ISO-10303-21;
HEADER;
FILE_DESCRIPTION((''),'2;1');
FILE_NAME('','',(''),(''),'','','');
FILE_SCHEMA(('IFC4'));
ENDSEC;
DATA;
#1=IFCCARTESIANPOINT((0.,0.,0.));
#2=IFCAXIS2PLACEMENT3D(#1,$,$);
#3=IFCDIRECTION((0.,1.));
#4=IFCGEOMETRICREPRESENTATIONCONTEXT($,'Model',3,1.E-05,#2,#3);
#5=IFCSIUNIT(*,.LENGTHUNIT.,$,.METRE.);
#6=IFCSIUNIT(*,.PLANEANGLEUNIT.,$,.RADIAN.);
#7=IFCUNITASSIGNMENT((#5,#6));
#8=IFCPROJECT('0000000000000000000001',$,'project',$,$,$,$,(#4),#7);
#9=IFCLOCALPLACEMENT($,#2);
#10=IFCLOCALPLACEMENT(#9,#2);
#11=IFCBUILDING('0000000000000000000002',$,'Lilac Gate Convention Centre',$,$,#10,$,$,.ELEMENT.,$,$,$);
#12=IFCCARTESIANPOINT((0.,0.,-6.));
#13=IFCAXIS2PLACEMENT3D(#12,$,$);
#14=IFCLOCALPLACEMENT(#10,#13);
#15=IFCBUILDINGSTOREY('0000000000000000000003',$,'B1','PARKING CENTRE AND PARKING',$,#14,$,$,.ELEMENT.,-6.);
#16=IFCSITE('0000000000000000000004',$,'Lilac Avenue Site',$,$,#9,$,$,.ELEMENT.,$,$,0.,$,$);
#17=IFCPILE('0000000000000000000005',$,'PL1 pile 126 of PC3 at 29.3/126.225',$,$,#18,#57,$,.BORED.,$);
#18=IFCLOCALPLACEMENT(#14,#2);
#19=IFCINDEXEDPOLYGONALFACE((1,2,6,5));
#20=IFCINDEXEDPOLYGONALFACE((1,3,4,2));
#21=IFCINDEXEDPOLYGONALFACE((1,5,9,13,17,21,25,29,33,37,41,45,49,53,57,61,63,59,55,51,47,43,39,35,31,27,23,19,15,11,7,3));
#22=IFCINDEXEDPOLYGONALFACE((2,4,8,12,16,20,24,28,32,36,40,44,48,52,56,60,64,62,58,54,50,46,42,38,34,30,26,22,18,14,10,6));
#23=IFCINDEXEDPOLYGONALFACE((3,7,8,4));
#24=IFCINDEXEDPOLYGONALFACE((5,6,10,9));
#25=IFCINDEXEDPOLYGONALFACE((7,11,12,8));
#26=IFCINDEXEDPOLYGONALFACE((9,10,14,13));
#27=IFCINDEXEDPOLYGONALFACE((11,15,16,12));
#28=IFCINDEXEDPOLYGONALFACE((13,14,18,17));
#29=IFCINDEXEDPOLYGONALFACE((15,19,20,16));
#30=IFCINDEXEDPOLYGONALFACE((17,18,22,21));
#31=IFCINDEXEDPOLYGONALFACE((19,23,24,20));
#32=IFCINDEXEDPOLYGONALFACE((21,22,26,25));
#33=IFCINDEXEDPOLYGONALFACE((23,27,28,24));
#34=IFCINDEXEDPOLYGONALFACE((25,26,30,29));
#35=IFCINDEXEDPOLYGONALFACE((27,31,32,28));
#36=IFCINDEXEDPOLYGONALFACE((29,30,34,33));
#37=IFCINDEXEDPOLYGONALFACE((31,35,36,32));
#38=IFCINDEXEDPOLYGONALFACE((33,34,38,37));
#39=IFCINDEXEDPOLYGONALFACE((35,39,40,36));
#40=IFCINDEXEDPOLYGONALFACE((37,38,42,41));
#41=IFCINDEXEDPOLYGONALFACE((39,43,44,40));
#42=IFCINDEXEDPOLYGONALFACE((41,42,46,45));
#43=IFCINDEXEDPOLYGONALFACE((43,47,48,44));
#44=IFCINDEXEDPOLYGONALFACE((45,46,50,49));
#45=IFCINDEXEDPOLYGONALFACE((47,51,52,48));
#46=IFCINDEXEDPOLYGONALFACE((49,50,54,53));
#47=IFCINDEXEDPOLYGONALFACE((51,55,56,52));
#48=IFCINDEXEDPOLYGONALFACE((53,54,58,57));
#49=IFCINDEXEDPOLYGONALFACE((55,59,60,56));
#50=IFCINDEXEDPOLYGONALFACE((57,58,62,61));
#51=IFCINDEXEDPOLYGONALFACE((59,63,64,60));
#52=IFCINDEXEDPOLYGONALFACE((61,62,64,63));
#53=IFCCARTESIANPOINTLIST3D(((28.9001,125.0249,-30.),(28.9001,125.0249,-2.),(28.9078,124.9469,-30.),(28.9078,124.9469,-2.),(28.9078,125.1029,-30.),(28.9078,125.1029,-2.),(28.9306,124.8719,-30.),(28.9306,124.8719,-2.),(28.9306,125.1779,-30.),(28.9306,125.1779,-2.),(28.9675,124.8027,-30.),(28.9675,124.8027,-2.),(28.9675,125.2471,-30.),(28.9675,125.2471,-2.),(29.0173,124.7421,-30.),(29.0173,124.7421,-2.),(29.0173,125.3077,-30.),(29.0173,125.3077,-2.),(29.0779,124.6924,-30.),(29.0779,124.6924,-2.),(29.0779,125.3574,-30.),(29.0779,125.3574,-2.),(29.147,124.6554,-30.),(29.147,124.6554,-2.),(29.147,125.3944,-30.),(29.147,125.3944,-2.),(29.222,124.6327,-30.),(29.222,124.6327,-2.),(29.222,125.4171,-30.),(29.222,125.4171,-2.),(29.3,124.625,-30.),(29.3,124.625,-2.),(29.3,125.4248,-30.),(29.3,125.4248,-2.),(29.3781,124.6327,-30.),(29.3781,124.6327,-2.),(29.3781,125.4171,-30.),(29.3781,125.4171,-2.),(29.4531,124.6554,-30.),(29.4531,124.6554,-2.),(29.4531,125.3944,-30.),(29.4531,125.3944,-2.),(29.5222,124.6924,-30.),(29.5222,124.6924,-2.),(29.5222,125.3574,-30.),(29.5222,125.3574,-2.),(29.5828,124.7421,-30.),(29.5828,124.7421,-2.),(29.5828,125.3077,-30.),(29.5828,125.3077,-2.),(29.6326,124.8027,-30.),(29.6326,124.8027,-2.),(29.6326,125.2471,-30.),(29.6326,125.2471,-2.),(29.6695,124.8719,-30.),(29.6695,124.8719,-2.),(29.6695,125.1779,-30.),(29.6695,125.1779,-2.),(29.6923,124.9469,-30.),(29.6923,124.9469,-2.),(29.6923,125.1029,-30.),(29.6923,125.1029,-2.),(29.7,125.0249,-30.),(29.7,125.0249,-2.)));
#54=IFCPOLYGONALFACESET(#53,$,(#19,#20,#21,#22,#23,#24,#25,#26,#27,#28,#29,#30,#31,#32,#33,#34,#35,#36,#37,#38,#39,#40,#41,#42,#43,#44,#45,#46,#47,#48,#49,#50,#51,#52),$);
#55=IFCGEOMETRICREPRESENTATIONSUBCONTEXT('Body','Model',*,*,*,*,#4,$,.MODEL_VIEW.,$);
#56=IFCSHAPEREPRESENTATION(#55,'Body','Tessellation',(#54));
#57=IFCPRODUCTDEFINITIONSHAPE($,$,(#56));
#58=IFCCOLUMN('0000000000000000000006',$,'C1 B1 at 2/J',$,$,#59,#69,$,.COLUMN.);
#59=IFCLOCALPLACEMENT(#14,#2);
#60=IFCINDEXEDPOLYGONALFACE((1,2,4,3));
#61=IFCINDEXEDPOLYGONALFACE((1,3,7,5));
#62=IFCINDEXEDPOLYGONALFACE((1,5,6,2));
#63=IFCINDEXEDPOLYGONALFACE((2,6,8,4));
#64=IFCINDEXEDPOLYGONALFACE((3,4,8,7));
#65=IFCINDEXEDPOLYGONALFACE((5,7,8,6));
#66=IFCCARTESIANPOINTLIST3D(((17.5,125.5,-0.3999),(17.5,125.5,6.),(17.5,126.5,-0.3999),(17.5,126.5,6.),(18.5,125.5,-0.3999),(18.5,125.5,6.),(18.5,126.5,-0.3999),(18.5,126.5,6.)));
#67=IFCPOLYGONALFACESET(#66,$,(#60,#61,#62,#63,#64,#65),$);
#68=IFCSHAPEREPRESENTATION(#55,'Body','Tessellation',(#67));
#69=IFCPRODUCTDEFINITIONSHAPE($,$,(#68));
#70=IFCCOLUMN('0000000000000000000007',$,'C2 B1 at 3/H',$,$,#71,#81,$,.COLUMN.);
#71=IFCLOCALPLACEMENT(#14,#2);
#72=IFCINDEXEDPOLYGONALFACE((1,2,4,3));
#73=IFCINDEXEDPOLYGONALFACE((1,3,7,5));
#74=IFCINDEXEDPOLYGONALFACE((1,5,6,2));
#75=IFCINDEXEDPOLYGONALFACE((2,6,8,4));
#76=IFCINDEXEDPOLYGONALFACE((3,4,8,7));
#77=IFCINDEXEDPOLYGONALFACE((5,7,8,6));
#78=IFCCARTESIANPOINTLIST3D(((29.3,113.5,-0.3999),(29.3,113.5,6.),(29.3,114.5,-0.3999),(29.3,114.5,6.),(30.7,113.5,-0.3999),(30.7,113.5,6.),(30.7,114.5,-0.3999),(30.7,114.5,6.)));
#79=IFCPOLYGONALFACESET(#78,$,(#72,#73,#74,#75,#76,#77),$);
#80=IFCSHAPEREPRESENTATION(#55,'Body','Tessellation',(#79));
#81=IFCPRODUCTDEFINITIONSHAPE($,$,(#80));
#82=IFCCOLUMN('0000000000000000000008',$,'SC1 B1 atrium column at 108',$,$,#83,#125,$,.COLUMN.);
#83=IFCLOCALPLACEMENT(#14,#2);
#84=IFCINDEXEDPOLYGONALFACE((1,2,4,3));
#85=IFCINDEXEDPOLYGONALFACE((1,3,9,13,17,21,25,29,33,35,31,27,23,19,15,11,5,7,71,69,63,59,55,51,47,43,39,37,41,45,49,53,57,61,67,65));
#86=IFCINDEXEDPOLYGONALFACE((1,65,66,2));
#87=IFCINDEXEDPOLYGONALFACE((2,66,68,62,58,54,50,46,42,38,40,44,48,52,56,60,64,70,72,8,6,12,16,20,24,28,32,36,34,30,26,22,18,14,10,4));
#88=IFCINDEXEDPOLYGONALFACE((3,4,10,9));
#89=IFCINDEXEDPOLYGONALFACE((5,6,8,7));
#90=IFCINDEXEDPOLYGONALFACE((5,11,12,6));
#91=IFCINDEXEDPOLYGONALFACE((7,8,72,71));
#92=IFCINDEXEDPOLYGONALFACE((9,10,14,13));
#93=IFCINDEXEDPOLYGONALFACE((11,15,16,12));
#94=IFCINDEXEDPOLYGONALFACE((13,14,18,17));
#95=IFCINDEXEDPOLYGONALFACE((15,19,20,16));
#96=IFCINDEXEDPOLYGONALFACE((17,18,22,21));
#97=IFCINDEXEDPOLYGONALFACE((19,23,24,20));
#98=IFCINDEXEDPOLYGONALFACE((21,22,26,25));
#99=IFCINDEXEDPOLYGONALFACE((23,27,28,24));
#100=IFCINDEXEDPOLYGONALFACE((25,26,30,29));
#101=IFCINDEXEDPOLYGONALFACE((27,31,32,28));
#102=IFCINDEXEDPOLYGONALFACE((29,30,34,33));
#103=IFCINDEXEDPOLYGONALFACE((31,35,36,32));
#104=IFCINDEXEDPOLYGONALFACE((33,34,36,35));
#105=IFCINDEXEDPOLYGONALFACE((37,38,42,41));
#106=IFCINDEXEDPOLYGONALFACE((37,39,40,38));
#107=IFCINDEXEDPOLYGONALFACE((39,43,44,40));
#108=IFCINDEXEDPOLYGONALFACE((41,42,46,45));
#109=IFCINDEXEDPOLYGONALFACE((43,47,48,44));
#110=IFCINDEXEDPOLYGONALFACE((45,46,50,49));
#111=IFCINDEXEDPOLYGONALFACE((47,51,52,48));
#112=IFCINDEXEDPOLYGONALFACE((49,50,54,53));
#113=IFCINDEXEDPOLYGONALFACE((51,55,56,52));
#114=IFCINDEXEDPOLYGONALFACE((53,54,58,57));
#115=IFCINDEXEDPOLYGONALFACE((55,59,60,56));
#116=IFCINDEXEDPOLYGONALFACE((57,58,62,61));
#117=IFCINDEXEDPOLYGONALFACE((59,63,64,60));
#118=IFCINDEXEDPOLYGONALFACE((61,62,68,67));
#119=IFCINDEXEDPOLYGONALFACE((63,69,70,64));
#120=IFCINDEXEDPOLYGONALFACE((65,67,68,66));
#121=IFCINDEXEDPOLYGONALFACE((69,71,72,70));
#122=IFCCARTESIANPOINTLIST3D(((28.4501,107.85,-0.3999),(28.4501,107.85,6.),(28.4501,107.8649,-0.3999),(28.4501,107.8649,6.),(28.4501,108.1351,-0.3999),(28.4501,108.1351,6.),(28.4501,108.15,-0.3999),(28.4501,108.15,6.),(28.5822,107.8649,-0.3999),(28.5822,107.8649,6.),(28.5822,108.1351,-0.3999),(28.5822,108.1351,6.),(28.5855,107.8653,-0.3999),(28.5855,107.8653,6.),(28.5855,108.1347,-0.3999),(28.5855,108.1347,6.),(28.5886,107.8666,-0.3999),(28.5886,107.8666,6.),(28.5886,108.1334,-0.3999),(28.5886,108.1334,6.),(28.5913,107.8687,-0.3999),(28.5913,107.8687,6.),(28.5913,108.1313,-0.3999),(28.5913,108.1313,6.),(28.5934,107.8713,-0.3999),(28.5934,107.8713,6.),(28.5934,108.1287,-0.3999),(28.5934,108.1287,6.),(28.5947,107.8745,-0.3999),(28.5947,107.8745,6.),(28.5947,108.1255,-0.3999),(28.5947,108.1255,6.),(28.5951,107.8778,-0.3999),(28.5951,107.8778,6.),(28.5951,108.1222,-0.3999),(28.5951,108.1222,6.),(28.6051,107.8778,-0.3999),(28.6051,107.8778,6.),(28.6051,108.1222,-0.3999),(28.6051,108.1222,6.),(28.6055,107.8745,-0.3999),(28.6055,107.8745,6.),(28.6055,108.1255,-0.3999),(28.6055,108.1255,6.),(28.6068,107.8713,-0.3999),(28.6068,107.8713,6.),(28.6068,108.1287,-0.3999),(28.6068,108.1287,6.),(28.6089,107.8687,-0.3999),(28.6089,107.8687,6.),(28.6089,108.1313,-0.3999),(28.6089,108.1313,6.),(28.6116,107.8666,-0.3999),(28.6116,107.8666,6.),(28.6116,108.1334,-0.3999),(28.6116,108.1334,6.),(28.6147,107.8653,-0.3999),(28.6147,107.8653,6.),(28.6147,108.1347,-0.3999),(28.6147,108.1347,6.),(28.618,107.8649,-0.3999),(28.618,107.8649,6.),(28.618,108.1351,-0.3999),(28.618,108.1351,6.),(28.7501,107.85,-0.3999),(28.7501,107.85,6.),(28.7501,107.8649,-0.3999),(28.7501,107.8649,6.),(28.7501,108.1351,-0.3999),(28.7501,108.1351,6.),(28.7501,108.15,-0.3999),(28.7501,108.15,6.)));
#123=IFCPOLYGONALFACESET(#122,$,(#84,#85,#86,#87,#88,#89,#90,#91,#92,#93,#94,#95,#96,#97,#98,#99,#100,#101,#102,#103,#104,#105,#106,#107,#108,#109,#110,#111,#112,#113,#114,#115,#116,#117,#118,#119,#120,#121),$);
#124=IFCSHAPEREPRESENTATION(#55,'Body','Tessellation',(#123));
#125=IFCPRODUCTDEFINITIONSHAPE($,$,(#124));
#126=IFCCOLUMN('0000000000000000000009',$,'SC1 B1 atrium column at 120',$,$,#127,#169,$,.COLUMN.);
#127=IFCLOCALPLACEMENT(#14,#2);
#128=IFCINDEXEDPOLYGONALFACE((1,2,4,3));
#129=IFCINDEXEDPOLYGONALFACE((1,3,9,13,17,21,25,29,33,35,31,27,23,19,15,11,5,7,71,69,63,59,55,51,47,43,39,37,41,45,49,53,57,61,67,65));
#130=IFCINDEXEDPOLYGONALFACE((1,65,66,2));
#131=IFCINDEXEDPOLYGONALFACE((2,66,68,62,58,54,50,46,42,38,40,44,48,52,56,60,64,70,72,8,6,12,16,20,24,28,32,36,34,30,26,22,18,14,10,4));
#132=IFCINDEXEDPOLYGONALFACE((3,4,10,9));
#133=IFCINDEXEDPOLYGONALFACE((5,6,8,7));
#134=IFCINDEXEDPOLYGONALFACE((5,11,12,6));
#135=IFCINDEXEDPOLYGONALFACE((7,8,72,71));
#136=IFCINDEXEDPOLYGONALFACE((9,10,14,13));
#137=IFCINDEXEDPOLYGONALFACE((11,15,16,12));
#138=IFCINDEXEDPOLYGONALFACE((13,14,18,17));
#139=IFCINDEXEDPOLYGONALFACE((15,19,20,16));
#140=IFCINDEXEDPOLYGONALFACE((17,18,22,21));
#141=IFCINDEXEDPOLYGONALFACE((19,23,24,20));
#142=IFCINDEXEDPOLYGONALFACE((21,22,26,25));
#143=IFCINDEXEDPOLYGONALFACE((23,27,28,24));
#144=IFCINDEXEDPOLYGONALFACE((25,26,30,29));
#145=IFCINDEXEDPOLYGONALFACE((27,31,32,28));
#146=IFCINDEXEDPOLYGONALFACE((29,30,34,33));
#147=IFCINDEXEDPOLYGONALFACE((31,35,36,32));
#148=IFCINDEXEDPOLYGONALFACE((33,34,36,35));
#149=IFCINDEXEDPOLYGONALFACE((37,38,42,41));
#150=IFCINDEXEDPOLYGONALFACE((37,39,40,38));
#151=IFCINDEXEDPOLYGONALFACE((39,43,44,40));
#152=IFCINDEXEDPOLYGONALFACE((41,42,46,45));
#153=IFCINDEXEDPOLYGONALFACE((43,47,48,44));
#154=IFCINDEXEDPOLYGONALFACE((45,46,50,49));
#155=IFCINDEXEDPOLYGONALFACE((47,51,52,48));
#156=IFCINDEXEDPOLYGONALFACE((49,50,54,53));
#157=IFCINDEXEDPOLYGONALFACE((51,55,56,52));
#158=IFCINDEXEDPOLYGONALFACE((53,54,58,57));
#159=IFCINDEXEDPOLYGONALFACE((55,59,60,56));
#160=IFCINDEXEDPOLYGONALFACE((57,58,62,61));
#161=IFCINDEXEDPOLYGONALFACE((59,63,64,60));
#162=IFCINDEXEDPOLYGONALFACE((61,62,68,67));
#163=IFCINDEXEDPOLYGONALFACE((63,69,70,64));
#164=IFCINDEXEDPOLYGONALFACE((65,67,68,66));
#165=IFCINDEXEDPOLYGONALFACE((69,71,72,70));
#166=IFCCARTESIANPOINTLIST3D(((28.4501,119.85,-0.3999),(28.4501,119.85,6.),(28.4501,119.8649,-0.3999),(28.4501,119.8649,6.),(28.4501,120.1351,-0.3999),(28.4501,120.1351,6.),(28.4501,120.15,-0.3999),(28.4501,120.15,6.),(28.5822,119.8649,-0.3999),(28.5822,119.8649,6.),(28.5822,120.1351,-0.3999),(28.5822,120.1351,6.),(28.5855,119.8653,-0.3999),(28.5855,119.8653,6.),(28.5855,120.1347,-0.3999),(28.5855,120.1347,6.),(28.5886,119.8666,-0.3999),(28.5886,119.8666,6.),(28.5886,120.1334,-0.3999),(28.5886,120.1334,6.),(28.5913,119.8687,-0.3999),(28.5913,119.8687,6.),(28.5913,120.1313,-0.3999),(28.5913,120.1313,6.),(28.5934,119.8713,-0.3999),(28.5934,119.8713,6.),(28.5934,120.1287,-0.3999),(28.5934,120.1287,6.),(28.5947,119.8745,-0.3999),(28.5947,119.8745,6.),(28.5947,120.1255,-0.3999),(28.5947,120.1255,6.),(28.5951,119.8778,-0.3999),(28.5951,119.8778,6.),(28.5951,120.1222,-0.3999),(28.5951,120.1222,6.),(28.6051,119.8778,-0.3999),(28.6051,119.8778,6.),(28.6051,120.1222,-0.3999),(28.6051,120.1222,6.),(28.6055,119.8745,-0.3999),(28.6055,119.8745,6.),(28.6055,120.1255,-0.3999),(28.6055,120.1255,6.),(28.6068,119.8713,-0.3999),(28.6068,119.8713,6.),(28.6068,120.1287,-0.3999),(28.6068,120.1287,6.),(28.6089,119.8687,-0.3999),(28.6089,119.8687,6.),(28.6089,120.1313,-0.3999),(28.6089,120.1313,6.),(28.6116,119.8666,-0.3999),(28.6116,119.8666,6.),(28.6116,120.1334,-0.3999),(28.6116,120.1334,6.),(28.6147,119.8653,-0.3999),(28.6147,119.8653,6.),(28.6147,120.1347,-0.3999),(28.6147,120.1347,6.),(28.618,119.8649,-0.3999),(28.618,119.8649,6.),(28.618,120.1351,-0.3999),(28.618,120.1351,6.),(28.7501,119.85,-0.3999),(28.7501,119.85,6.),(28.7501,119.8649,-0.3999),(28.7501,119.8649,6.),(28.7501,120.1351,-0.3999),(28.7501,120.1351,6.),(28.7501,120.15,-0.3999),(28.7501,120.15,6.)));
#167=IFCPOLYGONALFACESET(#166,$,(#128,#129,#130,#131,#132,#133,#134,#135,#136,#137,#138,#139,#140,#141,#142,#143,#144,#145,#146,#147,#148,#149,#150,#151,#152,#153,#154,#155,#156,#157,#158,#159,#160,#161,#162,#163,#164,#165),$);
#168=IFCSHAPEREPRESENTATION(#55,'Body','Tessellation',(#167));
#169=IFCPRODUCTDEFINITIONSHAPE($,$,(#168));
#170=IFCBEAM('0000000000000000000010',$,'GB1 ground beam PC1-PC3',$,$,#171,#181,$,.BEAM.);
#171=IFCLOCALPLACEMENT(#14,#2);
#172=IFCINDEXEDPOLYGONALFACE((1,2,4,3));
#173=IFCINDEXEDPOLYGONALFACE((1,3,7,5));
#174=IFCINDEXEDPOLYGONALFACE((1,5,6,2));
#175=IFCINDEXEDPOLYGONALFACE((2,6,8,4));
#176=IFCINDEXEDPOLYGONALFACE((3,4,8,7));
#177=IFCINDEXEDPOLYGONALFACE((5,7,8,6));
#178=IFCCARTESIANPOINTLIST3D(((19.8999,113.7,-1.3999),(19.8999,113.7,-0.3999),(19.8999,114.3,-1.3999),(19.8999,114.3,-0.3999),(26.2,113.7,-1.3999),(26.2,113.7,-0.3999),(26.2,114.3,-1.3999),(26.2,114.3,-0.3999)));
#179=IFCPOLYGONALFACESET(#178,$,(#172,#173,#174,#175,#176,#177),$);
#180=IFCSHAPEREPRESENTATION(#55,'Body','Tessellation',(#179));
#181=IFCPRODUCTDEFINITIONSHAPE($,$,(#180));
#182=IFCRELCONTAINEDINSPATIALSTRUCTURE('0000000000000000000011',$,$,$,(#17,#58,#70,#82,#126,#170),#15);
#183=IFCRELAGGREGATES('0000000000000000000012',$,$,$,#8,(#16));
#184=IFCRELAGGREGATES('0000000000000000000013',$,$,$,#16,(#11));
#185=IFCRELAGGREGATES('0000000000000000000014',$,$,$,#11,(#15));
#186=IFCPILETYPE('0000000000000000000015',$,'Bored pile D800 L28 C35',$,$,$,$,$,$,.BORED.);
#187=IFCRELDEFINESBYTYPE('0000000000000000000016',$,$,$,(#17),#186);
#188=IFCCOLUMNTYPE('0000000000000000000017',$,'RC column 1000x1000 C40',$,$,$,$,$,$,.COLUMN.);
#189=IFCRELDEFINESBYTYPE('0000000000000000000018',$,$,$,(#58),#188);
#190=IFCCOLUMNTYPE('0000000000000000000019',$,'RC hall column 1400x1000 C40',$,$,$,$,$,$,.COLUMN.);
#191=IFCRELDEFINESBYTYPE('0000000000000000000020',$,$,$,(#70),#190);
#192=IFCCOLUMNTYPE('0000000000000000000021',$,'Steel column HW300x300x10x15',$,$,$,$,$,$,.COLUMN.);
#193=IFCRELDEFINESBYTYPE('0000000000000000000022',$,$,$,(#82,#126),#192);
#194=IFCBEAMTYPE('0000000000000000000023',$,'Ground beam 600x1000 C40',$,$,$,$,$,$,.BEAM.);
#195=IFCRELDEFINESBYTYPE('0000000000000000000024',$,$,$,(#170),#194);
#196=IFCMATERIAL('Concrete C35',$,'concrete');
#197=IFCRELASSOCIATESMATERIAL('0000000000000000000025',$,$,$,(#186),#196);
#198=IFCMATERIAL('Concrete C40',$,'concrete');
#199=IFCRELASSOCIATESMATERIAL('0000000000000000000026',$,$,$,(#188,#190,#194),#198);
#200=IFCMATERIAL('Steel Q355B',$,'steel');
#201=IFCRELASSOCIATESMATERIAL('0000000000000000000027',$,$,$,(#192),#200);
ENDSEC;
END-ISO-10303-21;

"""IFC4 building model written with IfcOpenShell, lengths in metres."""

from ifc_helpers import new_model, si_unit, direction, frame, origin, origin_2d, place, context, subcontext, project, spatial, rectangle, circle, i_section, extrude, material, material_profile, profile_set, type_object, element, save


model = new_model("IFC4")

# Units and contexts
model_context = context("Model", 3, precision=1e-05, world=origin(), true_north=direction((0.0, 1.0)))
body_context = subcontext(model_context, "Body", "Model", "MODEL_VIEW")
ifc_project = project(units=[si_unit("LENGTHUNIT", "METRE"), si_unit("PLANEANGLEUNIT", "RADIAN")], contexts=[model_context])

# Site, building, storey
site_placement = place(None, origin())
site = spatial("IfcSite", under=ifc_project, at=site_placement, Name="Lilac Avenue Site", CompositionType="ELEMENT", RefElevation=0.0)
building_placement = place(site_placement, origin())
building = spatial("IfcBuilding", under=site, at=building_placement, Name="Lilac Gate Convention Centre", CompositionType="ELEMENT")
storey_placement = place(building_placement, frame((0.0, 0.0, -6.0)))
storey = spatial("IfcBuildingStorey", under=building, at=storey_placement, Name="B1", Description="PARKING CENTRE AND PARKING", CompositionType="ELEMENT", Elevation=-6.0)

# Pile
ifc_material_1 = material(Name="Concrete C35", Category="concrete")
ifc_material_profile_1 = material_profile(ifc_material_1, circle(Radius=0.3999, at=origin_2d()), Name="D800")
ifc_profile_set_1 = profile_set([ifc_material_profile_1], Name="Concrete C35")
pile_type = type_object("IfcPileType", Name="Bored pile D800 L28 C35", PredefinedType="BORED", material=ifc_profile_set_1)
for number, where, z_axis, x_axis, name in (
    (1, (29.3, 125.0249, -2.0), (0.0, 0.0, -1.0), (1.0, 0.0, 0.0), "PL1 pile 126 of PC3 at 29.3/126.225"),
):
    element("IfcPile", number, at=place(storey_placement, frame(where, z_axis=z_axis, x_axis=x_axis)), inside=storey, type_object=pile_type, Name=name, PredefinedType="BORED", context=body_context, shape_type="SweptSolid", body=[
        extrude(circle(Radius=0.3999, at=origin_2d()), origin(), (0.0, 0.0, 1.0), 28.0),
    ])

# Columns
ifc_material_2 = material(Name="Concrete C40", Category="concrete")
ifc_material_profile_2 = material_profile(ifc_material_2, rectangle(XDim=1.0, YDim=1.0, at=origin_2d()), Name="RC 1000x1000")
ifc_profile_set_2 = profile_set([ifc_material_profile_2], Name="Concrete C40")
column_type_1 = type_object("IfcColumnType", Name="RC column 1000x1000 C40", PredefinedType="COLUMN", material=ifc_profile_set_2)
column_1_placement = place(storey_placement, frame((18.0, 126.0, -0.3999), z_axis=(0.0, 0.0, 1.0), x_axis=(1.0, 0.0, 0.0)))
element("IfcColumn", 2, at=column_1_placement, inside=storey, type_object=column_type_1, Name="C1 B1 at 2/J", PredefinedType="COLUMN", context=body_context, shape_type="SweptSolid", body=[
    extrude(rectangle(XDim=1.0, YDim=1.0, at=origin_2d()), origin(), (0.0, 0.0, 1.0), 6.3999),
])
ifc_material_profile_3 = material_profile(ifc_material_2, rectangle(XDim=1.3999, YDim=1.0, at=origin_2d()), Name="RC 1400x1000")
ifc_profile_set_3 = profile_set([ifc_material_profile_3], Name="Concrete C40")
column_type_2 = type_object("IfcColumnType", Name="RC hall column 1400x1000 C40", PredefinedType="COLUMN", material=ifc_profile_set_3)
column_2_placement = place(storey_placement, frame((30.0, 114.0, -0.3999), z_axis=(0.0, 0.0, 1.0), x_axis=(1.0, 0.0, 0.0)))
element("IfcColumn", 3, at=column_2_placement, inside=storey, type_object=column_type_2, Name="C2 B1 at 3/H", PredefinedType="COLUMN", context=body_context, shape_type="SweptSolid", body=[
    extrude(rectangle(XDim=1.3999, YDim=1.0, at=origin_2d()), origin(), (0.0, 0.0, 1.0), 6.3999),
])
ifc_material_3 = material(Name="Steel Q355B", Category="steel")
ifc_material_profile_4 = material_profile(ifc_material_3, i_section(OverallWidth=0.3, OverallDepth=0.3, WebThickness=0.01, FlangeThickness=0.0149, FilletRadius=0.0129, at=origin_2d()), Name="HW300x300x10x15")
ifc_profile_set_4 = profile_set([ifc_material_profile_4], Name="Steel Q355B")
column_type_3 = type_object("IfcColumnType", Name="Steel column HW300x300x10x15", PredefinedType="COLUMN", material=ifc_profile_set_4)
for number, where, z_axis, x_axis, name in (
    (4, (28.6001, 108.0, -0.3999), (0.0, 0.0, 1.0), (1.0, 0.0, 0.0), "SC1 B1 atrium column at 108"),
    (5, (28.6001, 120.0, -0.3999), (0.0, 0.0, 1.0), (1.0, 0.0, 0.0), "SC1 B1 atrium column at 120"),
):
    element("IfcColumn", number, at=place(storey_placement, frame(where, z_axis=z_axis, x_axis=x_axis)), inside=storey, type_object=column_type_3, Name=name, PredefinedType="COLUMN", context=body_context, shape_type="SweptSolid", body=[
        extrude(i_section(OverallWidth=0.3, OverallDepth=0.3, WebThickness=0.01, FlangeThickness=0.0149, FilletRadius=0.0129, at=origin_2d()), origin(), (0.0, 0.0, 1.0), 6.3999),
    ])

# Beam
ifc_material_profile_5 = material_profile(ifc_material_2, rectangle(XDim=0.6001, YDim=1.0, at=origin_2d()), Name="RC 600x1000")
ifc_profile_set_5 = profile_set([ifc_material_profile_5], Name="Concrete C40")
beam_type = type_object("IfcBeamType", Name="Ground beam 600x1000 C40", PredefinedType="BEAM", material=ifc_profile_set_5)
beam_placement = place(storey_placement, frame((19.8999, 114.0, -0.8999), z_axis=(1.0, 0.0, 0.0), x_axis=(0.0, 1.0, 0.0)))
element("IfcBeam", 6, at=beam_placement, inside=storey, type_object=beam_type, Name="GB1 ground beam PC1-PC3", PredefinedType="BEAM", context=body_context, shape_type="SweptSolid", body=[
    extrude(rectangle(XDim=0.6001, YDim=1.0, at=origin_2d()), origin(), (0.0, 0.0, 1.0), 6.3),
])

save(model, "model.ifc")
